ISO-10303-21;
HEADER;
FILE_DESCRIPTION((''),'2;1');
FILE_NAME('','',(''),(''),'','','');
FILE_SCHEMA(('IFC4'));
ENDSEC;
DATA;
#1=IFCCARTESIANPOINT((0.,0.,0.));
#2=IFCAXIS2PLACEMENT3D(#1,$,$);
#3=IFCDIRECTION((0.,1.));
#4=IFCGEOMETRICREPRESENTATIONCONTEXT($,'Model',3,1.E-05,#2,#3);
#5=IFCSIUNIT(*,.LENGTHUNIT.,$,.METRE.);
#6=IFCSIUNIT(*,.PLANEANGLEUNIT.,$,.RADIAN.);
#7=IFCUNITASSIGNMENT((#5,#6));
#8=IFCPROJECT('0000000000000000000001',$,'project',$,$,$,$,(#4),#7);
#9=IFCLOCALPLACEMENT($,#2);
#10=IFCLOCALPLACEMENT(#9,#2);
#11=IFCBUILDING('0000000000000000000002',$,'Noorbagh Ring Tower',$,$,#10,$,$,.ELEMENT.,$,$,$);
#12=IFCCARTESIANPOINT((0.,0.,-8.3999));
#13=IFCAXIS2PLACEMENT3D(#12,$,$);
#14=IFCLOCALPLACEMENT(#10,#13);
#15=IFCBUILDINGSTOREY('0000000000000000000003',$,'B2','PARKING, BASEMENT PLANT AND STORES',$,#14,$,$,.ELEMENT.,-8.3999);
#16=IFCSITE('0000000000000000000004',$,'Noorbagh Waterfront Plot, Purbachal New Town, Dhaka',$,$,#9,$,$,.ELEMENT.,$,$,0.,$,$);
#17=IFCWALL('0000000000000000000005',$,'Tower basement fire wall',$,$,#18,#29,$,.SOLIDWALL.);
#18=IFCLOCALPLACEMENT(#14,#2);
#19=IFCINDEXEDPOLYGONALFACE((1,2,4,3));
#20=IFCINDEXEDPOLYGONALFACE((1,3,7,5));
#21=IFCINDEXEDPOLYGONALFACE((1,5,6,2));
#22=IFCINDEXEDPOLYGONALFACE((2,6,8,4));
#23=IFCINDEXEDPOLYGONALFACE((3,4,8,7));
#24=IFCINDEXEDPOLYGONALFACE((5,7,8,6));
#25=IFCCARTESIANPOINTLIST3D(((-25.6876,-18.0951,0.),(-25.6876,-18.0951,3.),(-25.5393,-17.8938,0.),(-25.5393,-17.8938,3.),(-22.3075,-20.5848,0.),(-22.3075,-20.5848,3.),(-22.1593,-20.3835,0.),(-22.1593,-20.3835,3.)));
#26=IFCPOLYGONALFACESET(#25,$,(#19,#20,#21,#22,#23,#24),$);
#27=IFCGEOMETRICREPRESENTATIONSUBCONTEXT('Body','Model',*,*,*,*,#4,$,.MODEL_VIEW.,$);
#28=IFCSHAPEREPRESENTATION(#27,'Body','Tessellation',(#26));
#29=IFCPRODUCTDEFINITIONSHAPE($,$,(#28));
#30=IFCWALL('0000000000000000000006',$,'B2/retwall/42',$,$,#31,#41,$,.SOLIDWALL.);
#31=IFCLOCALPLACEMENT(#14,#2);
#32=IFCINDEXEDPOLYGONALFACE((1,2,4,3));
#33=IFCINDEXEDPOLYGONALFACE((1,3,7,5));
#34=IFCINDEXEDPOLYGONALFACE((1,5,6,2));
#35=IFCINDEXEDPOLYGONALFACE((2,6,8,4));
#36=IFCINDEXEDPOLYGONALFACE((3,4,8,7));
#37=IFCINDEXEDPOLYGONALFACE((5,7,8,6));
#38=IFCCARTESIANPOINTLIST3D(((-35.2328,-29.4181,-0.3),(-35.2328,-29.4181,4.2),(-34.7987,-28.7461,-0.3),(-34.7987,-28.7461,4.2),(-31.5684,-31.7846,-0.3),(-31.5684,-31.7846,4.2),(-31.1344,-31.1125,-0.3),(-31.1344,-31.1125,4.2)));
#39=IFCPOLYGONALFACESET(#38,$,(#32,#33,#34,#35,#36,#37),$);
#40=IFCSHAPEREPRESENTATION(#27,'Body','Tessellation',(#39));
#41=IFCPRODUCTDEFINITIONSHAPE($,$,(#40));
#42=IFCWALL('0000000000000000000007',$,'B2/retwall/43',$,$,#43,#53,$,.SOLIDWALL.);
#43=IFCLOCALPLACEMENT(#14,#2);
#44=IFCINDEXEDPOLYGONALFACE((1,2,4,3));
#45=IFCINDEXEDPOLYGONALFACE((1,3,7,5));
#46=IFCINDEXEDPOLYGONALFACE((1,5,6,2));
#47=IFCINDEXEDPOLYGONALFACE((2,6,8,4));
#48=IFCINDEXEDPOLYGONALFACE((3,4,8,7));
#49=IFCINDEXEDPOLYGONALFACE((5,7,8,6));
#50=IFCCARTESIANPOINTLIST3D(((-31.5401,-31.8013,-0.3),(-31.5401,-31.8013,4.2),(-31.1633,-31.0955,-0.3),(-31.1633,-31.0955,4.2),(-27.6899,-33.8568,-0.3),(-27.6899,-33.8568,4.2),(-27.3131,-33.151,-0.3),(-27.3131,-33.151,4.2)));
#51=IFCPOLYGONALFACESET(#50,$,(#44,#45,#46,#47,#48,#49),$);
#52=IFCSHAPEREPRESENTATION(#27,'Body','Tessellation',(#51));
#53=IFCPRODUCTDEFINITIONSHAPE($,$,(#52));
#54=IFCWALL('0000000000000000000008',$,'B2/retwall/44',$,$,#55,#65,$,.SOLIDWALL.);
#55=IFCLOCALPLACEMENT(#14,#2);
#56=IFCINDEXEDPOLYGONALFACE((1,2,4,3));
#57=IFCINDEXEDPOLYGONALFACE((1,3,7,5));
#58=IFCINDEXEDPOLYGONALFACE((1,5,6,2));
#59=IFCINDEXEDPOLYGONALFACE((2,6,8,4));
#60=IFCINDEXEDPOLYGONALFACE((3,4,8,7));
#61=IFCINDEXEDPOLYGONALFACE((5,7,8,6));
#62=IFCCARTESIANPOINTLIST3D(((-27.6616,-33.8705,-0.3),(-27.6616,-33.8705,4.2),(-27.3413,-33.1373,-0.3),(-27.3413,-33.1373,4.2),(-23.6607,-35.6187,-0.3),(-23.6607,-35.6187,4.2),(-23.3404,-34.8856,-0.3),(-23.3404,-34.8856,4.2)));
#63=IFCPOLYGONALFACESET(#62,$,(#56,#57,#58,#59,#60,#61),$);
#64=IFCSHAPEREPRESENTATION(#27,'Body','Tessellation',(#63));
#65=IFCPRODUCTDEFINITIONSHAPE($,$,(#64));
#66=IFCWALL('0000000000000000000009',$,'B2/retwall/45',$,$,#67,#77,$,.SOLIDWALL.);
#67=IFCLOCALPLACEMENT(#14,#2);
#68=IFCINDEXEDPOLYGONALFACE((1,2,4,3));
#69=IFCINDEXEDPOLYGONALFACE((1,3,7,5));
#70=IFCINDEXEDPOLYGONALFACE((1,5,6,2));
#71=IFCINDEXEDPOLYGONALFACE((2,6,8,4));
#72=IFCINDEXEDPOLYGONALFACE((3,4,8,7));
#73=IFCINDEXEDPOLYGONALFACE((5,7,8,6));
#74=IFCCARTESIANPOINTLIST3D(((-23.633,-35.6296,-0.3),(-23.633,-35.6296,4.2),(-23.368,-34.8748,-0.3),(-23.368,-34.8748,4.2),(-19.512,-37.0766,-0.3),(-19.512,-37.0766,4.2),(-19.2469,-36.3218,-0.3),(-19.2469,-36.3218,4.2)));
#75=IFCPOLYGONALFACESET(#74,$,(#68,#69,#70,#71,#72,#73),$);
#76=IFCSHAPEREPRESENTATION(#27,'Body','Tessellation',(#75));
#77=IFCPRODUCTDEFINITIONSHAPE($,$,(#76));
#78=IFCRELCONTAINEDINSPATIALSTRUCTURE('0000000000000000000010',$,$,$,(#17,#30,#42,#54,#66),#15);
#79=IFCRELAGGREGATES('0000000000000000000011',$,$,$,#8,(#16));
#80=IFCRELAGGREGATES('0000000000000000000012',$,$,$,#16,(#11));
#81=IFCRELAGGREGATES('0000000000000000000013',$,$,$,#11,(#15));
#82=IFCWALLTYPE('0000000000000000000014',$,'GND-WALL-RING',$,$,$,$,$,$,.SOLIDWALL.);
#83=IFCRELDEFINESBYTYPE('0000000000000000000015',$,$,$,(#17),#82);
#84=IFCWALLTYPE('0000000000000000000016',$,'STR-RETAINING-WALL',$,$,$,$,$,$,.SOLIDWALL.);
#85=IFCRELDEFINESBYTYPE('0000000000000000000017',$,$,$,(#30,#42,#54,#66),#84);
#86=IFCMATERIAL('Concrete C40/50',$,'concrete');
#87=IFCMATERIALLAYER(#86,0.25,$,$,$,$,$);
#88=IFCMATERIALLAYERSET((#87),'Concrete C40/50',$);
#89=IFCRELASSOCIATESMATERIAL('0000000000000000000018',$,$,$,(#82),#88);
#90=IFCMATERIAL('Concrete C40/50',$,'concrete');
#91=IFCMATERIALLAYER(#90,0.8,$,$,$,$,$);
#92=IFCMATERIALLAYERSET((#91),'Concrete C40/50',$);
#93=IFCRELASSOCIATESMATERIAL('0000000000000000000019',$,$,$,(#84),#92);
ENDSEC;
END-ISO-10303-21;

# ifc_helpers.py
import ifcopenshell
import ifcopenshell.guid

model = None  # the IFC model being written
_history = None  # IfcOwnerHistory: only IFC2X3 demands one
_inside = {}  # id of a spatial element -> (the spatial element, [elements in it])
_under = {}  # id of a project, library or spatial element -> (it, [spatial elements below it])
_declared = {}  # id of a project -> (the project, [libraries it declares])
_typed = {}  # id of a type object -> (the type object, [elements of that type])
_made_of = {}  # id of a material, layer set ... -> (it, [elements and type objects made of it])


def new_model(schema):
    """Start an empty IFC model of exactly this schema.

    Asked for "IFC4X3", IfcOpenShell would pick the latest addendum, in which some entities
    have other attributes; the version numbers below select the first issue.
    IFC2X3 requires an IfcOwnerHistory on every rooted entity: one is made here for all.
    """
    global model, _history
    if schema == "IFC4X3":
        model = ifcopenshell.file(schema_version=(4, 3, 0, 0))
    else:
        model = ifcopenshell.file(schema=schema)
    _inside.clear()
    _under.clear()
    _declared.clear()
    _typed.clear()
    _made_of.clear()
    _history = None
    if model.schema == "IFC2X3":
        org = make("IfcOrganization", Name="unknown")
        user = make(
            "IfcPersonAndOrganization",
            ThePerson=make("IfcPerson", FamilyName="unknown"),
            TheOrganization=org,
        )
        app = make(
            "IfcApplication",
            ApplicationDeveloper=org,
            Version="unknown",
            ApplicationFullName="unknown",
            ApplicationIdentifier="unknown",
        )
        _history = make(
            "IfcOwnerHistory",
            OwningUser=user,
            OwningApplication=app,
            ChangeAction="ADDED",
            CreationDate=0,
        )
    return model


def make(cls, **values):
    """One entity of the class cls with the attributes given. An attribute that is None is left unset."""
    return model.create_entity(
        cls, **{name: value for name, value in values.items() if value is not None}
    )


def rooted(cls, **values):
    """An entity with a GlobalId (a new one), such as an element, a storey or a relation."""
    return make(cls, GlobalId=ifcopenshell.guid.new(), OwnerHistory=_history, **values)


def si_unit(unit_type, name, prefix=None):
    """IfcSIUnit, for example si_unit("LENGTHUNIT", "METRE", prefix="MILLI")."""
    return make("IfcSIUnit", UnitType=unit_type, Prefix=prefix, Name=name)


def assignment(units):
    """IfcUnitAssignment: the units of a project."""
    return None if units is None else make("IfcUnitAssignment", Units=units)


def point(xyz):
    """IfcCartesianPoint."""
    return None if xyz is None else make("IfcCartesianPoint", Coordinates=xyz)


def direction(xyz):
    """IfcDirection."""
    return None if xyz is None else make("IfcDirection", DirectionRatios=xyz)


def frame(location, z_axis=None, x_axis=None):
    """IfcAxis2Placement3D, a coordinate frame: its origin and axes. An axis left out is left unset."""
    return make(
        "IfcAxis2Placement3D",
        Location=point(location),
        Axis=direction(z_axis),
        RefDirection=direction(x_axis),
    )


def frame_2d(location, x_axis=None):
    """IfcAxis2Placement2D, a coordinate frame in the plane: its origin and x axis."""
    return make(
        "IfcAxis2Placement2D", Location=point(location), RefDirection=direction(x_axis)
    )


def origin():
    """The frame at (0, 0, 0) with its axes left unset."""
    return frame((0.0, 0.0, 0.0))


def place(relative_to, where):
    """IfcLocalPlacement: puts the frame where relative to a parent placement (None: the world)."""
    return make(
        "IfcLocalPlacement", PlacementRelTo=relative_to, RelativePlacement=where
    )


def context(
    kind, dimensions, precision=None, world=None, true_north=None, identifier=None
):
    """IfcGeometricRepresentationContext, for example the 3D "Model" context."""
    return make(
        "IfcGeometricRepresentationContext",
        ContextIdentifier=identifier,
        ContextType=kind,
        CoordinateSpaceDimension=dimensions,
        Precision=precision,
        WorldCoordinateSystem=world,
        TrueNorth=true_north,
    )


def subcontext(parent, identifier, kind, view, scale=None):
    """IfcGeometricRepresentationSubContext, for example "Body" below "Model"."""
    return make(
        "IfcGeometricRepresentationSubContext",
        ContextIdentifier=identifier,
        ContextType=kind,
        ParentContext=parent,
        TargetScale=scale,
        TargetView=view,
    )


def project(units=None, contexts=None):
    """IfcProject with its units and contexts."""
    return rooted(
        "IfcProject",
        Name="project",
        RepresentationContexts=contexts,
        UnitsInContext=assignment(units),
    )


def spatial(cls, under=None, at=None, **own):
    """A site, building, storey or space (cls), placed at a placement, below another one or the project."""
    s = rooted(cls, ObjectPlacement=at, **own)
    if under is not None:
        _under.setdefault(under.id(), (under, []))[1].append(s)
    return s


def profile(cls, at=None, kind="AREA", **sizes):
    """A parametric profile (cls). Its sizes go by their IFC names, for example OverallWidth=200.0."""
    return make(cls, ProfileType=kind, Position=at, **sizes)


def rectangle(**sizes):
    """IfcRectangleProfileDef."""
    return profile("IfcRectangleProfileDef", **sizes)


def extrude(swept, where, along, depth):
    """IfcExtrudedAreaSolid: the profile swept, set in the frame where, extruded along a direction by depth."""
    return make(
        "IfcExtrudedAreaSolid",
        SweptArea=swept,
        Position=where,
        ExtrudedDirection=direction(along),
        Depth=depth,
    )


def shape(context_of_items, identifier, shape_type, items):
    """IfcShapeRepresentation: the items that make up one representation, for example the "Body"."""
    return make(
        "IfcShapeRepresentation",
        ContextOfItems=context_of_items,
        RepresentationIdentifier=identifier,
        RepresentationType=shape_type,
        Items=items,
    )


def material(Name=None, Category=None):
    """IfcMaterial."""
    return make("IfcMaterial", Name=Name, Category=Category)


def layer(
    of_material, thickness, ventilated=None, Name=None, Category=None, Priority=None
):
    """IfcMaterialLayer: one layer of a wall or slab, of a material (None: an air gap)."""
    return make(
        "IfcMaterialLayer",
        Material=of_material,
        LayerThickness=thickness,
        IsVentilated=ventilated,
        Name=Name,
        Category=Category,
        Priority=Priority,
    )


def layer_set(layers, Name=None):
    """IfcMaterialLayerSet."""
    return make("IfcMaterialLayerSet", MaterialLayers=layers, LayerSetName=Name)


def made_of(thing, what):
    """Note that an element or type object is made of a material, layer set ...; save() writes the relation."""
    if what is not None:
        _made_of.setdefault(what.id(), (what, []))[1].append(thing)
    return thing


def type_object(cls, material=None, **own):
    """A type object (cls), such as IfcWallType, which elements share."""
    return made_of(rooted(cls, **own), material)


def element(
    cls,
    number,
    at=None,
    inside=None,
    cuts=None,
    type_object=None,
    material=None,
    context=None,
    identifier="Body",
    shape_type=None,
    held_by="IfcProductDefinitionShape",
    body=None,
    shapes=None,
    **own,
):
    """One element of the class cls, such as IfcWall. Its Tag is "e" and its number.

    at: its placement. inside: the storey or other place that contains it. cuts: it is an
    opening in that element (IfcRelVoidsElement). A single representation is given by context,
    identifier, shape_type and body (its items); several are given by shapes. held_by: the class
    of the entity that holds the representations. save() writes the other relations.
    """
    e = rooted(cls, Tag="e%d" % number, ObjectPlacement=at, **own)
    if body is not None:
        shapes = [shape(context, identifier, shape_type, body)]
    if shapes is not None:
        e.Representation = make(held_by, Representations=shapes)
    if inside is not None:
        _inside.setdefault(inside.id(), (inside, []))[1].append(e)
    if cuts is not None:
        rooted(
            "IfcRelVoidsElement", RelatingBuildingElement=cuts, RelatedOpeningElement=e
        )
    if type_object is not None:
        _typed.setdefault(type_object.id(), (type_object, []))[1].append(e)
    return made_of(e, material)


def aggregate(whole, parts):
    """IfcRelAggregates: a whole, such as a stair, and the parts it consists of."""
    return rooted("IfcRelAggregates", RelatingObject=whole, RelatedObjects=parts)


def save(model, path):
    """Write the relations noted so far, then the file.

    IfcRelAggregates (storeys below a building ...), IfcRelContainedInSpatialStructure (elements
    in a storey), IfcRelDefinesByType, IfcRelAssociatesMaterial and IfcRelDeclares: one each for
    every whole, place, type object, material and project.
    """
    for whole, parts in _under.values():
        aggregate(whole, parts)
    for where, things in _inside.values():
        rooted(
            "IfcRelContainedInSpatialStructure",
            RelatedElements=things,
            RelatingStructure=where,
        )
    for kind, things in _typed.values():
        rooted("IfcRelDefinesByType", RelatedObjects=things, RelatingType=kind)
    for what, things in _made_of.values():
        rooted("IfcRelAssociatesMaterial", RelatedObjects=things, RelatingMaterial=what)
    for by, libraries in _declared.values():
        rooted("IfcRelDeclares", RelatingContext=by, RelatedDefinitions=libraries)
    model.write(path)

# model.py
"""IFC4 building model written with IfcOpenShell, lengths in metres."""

from ifc_helpers import new_model, si_unit, direction, frame, frame_2d, origin, place, context, subcontext, project, spatial, rectangle, extrude, material, layer, layer_set, type_object, element, save


model = new_model("IFC4")

# Units and contexts
model_context = context("Model", 3, precision=1e-05, world=origin(), true_north=direction((0.0, 1.0)))
body_context = subcontext(model_context, "Body", "Model", "MODEL_VIEW")
ifc_project = project(units=[si_unit("LENGTHUNIT", "METRE"), si_unit("PLANEANGLEUNIT", "RADIAN")], contexts=[model_context])

# Site, building, storey
site_placement = place(None, origin())
site = spatial("IfcSite", under=ifc_project, at=site_placement, Name="Noorbagh Waterfront Plot, Purbachal New Town, Dhaka", CompositionType="ELEMENT", RefElevation=0.0)
building_placement = place(site_placement, origin())
building = spatial("IfcBuilding", under=site, at=building_placement, Name="Noorbagh Ring Tower", CompositionType="ELEMENT")
storey_placement = place(building_placement, frame((0.0, 0.0, -8.3999)))
storey = spatial("IfcBuildingStorey", under=building, at=storey_placement, Name="B2", Description="PARKING, BASEMENT PLANT AND STORES", CompositionType="ELEMENT", Elevation=-8.3999)

# Walls
ifc_material_1 = material(Name="Concrete C40/50", Category="concrete")
ifc_layer_1 = layer(ifc_material_1, 0.25)
ifc_layer_set_1 = layer_set([ifc_layer_1], Name="Concrete C40/50")
wall_type_1 = type_object("IfcWallType", Name="GND-WALL-RING", PredefinedType="SOLIDWALL", material=ifc_layer_set_1)
wall_1_placement = place(storey_placement, frame((-25.6135, -17.9944, 0.0), z_axis=(0.0, 0.0, 1.0), x_axis=(0.805155, -0.593064, 0.0)))
element("IfcWall", 1, at=wall_1_placement, inside=storey, type_object=wall_type_1, Name="Tower basement fire wall", PredefinedType="SOLIDWALL", context=body_context, shape_type="SweptSolid", body=[
    extrude(rectangle(XDim=4.198, YDim=0.25, at=frame_2d((2.0991, 0.0))), origin(), (0.0, 0.0, 1.0), 3.0),
])
ifc_material_2 = material(Name="Concrete C40/50", Category="concrete")
ifc_layer_2 = layer(ifc_material_2, 0.8)
ifc_layer_set_2 = layer_set([ifc_layer_2], Name="Concrete C40/50")
wall_type_2 = type_object("IfcWallType", Name="STR-RETAINING-WALL", PredefinedType="SOLIDWALL", material=ifc_layer_set_2)
wall_2_placement = place(storey_placement, frame((-35.0159, -29.082, -0.3), z_axis=(0.0, 0.0, 1.0), x_axis=(0.840047, -0.542513, 0.0)))
element("IfcWall", 2, at=wall_2_placement, inside=storey, type_object=wall_type_2, Name="B2/retwall/42", PredefinedType="SOLIDWALL", context=body_context, shape_type="SweptSolid", body=[
    extrude(rectangle(XDim=4.3621, YDim=0.8, at=frame_2d((2.1812, 0.0))), origin(), (0.0, 0.0, 1.0), 4.5),
])
wall_3_placement = place(storey_placement, frame((-31.3516, -31.4485, -0.3), z_axis=(0.0, 0.0, 1.0), x_axis=(0.882159, -0.470951, 0.0)))
element("IfcWall", 3, at=wall_3_placement, inside=storey, type_object=wall_type_2, Name="B2/retwall/43", PredefinedType="SOLIDWALL", context=body_context, shape_type="SweptSolid", body=[
    extrude(rectangle(XDim=4.3645, YDim=0.8, at=frame_2d((2.1821, 0.0))), origin(), (0.0, 0.0, 1.0), 4.5),
])
wall_4_placement = place(storey_placement, frame((-27.5015, -33.5039, -0.3), z_axis=(0.0, 0.0, 1.0), x_axis=(0.916337, -0.400408, 0.0)))
element("IfcWall", 4, at=wall_4_placement, inside=storey, type_object=wall_type_2, Name="B2/retwall/44", PredefinedType="SOLIDWALL", context=body_context, shape_type="SweptSolid", body=[
    extrude(rectangle(XDim=4.3662, YDim=0.8, at=frame_2d((2.1831, 0.0))), origin(), (0.0, 0.0, 1.0), 4.5),
])
wall_5_placement = place(storey_placement, frame((-23.5005, -35.2522, -0.3), z_axis=(0.0, 0.0, 1.0), x_axis=(0.943527, -0.331296, 0.0)))
element("IfcWall", 5, at=wall_5_placement, inside=storey, type_object=wall_type_2, Name="B2/retwall/45", PredefinedType="SOLIDWALL", context=body_context, shape_type="SweptSolid", body=[
    extrude(rectangle(XDim=4.3677, YDim=0.8, at=frame_2d((2.1838, 0.0))), origin(), (0.0, 0.0, 1.0), 4.5),
])

save(model, "model.ifc")
